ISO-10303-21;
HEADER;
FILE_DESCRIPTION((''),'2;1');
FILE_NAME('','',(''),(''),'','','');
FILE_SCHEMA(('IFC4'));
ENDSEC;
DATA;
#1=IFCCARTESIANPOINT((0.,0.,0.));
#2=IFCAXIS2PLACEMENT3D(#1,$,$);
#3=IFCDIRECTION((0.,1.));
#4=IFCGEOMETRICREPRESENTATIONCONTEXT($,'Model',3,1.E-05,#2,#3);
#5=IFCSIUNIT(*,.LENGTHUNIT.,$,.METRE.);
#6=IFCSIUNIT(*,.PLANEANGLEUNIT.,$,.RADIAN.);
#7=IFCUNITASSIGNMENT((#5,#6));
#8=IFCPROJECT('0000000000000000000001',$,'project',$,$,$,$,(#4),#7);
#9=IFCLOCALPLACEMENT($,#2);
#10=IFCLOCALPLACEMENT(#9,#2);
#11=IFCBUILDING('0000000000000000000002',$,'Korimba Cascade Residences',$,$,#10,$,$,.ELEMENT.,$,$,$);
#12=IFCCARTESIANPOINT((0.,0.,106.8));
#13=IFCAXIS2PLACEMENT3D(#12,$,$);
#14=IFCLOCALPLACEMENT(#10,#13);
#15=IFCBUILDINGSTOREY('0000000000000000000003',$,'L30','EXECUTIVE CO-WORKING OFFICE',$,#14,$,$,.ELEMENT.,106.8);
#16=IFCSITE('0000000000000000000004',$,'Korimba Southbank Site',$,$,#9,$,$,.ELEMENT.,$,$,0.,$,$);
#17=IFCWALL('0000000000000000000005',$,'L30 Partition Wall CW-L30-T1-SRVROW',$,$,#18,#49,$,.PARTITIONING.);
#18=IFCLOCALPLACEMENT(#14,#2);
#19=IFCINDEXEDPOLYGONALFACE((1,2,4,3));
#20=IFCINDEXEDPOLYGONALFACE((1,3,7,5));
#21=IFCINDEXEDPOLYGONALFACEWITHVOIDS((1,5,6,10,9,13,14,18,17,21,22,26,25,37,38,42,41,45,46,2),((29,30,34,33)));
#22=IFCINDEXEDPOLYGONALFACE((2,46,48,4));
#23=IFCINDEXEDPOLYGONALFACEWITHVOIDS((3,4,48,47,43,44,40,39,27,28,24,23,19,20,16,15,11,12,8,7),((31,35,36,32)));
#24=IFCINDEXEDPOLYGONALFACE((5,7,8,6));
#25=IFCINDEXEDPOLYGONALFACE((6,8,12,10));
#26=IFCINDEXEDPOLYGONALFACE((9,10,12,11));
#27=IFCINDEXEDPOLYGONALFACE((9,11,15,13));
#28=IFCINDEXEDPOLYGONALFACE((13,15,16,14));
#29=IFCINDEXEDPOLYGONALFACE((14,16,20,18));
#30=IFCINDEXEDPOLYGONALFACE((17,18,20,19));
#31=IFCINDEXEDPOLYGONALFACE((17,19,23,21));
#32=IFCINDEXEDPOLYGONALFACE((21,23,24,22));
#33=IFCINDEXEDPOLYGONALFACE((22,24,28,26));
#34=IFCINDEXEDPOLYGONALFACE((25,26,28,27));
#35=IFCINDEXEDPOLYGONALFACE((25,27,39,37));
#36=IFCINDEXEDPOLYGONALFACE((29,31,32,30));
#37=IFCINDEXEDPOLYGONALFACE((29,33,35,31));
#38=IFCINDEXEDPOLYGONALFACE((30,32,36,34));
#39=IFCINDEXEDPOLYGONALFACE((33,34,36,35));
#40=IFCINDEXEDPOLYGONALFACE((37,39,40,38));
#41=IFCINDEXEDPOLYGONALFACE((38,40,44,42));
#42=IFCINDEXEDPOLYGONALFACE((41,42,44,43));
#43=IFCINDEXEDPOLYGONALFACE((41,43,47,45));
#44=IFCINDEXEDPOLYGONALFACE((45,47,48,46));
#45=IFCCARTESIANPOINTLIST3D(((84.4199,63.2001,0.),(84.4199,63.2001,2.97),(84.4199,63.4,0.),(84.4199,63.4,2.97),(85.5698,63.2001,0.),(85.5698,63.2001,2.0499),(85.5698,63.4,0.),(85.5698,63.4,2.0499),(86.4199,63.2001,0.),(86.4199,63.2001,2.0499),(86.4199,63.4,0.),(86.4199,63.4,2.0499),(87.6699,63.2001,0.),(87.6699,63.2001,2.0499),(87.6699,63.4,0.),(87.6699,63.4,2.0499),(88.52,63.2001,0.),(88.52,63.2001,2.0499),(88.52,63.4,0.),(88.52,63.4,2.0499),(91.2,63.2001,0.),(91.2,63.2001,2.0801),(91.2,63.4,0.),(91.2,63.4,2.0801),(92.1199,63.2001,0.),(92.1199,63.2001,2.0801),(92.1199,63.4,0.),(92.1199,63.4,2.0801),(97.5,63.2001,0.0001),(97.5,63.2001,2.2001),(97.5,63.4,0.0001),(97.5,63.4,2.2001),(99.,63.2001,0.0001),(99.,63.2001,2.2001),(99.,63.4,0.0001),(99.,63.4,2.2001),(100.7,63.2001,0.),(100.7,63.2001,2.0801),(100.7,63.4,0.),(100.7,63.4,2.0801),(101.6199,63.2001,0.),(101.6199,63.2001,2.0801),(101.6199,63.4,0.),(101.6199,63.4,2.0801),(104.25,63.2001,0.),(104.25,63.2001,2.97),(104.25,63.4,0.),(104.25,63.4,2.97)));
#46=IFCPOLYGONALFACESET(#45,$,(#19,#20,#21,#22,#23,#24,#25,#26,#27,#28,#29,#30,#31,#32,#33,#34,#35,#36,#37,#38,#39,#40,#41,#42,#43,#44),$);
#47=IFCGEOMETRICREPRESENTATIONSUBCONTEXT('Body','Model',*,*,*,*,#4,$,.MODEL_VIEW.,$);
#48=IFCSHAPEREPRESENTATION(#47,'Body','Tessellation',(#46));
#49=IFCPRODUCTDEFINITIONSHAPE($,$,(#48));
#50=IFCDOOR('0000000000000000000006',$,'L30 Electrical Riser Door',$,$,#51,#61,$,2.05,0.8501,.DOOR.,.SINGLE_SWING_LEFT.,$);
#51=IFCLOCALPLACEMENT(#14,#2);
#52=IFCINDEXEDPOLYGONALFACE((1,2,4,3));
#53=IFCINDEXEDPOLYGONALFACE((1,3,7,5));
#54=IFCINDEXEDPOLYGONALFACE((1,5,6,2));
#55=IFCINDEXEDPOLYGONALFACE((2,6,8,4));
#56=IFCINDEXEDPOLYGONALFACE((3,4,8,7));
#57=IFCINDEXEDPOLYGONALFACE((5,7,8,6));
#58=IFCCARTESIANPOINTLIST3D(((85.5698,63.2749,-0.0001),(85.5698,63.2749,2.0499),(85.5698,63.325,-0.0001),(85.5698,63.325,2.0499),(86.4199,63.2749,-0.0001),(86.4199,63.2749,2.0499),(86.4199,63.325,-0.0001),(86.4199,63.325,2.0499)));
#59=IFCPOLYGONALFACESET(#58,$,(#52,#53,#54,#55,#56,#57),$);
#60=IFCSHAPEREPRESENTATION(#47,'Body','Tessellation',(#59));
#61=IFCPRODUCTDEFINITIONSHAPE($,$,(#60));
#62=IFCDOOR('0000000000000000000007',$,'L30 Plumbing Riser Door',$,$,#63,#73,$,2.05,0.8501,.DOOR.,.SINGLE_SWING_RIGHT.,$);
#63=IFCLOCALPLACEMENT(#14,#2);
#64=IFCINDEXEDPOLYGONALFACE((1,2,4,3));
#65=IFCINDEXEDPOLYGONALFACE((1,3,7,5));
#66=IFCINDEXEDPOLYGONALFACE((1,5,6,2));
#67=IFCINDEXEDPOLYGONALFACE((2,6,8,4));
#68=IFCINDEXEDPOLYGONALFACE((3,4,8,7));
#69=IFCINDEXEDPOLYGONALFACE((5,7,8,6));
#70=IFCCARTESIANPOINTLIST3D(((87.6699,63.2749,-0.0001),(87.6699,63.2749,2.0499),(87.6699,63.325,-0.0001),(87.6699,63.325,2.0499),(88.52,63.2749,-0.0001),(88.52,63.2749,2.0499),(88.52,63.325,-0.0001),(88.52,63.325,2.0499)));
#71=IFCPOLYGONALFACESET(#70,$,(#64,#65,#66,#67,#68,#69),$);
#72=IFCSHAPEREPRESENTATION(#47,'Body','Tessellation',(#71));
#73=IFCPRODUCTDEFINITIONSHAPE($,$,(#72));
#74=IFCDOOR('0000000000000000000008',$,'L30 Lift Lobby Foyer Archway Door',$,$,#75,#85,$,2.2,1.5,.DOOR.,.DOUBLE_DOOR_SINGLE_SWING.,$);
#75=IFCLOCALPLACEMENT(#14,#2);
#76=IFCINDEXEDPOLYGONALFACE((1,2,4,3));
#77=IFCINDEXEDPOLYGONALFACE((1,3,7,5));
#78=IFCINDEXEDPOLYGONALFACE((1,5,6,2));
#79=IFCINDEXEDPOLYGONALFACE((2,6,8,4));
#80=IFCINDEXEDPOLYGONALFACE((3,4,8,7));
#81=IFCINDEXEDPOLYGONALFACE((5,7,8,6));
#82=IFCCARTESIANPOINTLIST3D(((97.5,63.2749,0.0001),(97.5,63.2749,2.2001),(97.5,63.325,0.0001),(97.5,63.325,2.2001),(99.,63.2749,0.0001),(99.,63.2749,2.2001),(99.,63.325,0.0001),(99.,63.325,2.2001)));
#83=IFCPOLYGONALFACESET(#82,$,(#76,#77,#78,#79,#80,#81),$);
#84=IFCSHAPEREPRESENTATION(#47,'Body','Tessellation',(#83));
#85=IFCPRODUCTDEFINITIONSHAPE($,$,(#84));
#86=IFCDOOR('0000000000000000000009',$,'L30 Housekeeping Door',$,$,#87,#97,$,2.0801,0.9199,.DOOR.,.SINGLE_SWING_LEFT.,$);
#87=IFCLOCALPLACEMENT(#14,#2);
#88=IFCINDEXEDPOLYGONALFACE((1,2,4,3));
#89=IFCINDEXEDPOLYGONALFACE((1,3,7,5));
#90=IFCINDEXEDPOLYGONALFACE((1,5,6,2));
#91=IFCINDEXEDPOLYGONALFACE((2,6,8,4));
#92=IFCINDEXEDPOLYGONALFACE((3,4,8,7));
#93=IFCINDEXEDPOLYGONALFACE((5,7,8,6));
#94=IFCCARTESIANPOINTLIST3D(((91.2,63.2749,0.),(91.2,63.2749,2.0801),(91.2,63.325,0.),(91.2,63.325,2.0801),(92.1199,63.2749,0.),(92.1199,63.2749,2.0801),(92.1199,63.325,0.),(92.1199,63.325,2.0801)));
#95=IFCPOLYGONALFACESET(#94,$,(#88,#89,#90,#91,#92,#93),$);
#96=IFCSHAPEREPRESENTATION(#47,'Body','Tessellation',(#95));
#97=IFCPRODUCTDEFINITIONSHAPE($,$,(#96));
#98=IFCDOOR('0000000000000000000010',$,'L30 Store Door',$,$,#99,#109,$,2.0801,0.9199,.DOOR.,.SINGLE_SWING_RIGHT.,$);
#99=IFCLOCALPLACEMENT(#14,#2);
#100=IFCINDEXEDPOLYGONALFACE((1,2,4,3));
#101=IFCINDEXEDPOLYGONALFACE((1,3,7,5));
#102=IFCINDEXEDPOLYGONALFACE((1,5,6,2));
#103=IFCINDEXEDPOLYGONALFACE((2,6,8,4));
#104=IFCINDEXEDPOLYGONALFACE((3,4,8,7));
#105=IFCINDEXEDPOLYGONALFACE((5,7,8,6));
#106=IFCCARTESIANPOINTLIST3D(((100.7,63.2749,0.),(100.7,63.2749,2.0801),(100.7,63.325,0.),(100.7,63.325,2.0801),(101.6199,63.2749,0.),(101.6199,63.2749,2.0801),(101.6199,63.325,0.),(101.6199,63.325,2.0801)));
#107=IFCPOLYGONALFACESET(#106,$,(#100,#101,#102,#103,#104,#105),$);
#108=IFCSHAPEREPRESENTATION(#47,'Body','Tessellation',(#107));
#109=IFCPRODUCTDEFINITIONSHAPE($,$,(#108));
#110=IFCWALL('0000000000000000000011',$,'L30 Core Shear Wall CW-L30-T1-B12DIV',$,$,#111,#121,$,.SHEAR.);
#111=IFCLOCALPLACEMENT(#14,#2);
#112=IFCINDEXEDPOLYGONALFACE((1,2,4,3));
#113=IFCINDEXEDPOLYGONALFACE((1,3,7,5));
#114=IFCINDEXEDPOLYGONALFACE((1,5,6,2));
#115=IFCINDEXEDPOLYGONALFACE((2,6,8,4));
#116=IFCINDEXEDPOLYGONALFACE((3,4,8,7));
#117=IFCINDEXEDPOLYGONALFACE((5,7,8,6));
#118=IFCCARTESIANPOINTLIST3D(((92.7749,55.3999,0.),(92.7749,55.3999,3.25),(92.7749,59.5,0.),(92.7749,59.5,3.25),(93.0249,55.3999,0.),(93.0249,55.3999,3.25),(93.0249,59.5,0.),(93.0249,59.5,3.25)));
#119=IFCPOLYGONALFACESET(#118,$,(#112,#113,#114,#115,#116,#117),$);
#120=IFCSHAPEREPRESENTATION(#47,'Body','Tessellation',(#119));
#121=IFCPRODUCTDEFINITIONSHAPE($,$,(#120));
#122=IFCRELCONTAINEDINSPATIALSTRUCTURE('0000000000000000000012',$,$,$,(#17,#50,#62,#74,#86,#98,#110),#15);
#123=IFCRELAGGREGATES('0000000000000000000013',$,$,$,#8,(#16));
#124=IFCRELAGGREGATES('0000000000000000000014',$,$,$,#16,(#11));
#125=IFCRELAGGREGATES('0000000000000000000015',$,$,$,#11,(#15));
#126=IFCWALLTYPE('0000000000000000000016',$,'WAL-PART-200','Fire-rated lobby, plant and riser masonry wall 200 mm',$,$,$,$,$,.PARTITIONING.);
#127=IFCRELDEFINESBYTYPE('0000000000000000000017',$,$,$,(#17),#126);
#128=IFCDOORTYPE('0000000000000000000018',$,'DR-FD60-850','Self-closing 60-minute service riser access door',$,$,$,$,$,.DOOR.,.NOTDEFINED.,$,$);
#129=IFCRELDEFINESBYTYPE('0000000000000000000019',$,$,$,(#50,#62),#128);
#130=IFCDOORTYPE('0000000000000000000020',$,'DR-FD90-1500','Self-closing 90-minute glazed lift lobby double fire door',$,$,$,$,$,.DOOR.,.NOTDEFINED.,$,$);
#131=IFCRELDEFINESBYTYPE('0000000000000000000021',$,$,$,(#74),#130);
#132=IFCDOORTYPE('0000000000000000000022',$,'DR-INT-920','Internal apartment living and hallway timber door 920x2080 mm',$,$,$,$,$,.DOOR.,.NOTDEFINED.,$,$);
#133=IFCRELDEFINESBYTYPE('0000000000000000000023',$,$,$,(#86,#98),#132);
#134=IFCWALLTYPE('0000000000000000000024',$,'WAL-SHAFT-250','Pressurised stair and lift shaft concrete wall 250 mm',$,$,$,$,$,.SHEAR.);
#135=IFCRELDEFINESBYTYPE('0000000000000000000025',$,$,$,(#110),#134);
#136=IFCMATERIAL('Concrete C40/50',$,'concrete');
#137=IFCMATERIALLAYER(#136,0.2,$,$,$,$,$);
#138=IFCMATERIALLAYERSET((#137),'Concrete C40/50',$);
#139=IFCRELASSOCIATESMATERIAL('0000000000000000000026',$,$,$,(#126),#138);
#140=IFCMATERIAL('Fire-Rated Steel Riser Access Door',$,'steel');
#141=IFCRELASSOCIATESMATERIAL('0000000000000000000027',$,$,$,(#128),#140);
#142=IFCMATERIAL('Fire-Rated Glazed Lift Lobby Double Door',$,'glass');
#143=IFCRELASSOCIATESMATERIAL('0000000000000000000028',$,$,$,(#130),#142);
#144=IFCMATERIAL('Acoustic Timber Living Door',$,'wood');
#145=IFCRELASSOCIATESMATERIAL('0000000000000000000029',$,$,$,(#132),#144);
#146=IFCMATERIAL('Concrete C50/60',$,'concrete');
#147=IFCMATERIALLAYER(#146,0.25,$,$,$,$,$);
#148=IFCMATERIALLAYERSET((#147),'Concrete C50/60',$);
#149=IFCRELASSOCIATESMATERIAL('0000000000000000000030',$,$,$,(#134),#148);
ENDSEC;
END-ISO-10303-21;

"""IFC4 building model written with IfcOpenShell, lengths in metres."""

from ifc_helpers import new_model, si_unit, direction, frame, frame_2d, origin, place, context, subcontext, project, spatial, rectangle, extrude, material, layer, layer_set, type_object, element, fill, save


model = new_model("IFC4")

# Units and contexts
model_context = context("Model", 3, precision=1e-05, world=origin(), true_north=direction((0.0, 1.0)))
body_context = subcontext(model_context, "Body", "Model", "MODEL_VIEW")
ifc_project = project(units=[si_unit("LENGTHUNIT", "METRE"), si_unit("PLANEANGLEUNIT", "RADIAN")], contexts=[model_context])

# Site, building, storey
site_placement = place(None, origin())
site = spatial("IfcSite", under=ifc_project, at=site_placement, Name="Korimba Southbank Site", CompositionType="ELEMENT", RefElevation=0.0)
building_placement = place(site_placement, origin())
building = spatial("IfcBuilding", under=site, at=building_placement, Name="Korimba Cascade Residences", CompositionType="ELEMENT")
storey_placement = place(building_placement, frame((0.0, 0.0, 106.8)))
storey = spatial("IfcBuildingStorey", under=building, at=storey_placement, Name="L30", Description="EXECUTIVE CO-WORKING OFFICE", CompositionType="ELEMENT", Elevation=106.8)

# Shared definitions
ifc_material_1 = material(Name="Concrete C40/50", Category="concrete")
ifc_layer_1 = layer(ifc_material_1, 0.2)
ifc_layer_set_1 = layer_set([ifc_layer_1], Name="Concrete C40/50")
wall_type_1 = type_object("IfcWallType", Name="WAL-PART-200", Description="Fire-rated lobby, plant and riser masonry wall 200 mm", PredefinedType="PARTITIONING", material=ifc_layer_set_1)

# Wall, openings, doors
wall_1_placement = place(storey_placement, frame((84.4199, 63.3, 0.0), z_axis=(0.0, 0.0, 1.0), x_axis=(1.0, 0.0, 0.0)))
wall_1 = element("IfcWall", 1, at=wall_1_placement, inside=storey, type_object=wall_type_1, Name="L30 Partition Wall CW-L30-T1-SRVROW", PredefinedType="PARTITIONING", context=body_context, shape_type="SweptSolid", body=[
    extrude(rectangle(XDim=19.8301, YDim=0.2, at=frame_2d((9.915, 0.0))), origin(), (0.0, 0.0, 1.0), 2.97),
])
opening_1_placement = place(wall_1_placement, frame((1.1499, 0.0, 0.0)))
opening_1 = element("IfcOpeningElement", 2, at=opening_1_placement, cuts=wall_1, PredefinedType="OPENING", context=body_context, shape_type="SweptSolid", body=[
    extrude(rectangle(XDim=0.8501, YDim=2.05, at=frame_2d((0.425, 1.0249))), frame((0.0, 0.1099, 0.0), z_axis=(0.0, -1.0, 0.0), x_axis=(1.0, 0.0, 0.0)), (0.0, 0.0, 1.0), 0.22),
])
opening_2_placement = place(wall_1_placement, frame((3.25, 0.0, 0.0)))
opening_2 = element("IfcOpeningElement", 3, at=opening_2_placement, cuts=wall_1, PredefinedType="OPENING", context=body_context, shape_type="SweptSolid", body=[
    extrude(rectangle(XDim=0.8501, YDim=2.05, at=frame_2d((0.425, 1.0249))), frame((0.0, 0.1099, 0.0), z_axis=(0.0, -1.0, 0.0), x_axis=(1.0, 0.0, 0.0)), (0.0, 0.0, 1.0), 0.22),
])
opening_3_placement = place(wall_1_placement, frame((13.0801, 0.0, 0.0)))
opening_3 = element("IfcOpeningElement", 4, at=opening_3_placement, cuts=wall_1, PredefinedType="OPENING", context=body_context, shape_type="SweptSolid", body=[
    extrude(rectangle(XDim=1.5, YDim=2.2, at=frame_2d((0.75, 1.1001))), frame((0.0, 0.1099, 0.0), z_axis=(0.0, -1.0, 0.0), x_axis=(1.0, 0.0, 0.0)), (0.0, 0.0, 1.0), 0.22),
])
opening_4_placement = place(wall_1_placement, frame((6.78, 0.0, 0.0)))
opening_4 = element("IfcOpeningElement", 5, at=opening_4_placement, cuts=wall_1, PredefinedType="OPENING", context=body_context, shape_type="SweptSolid", body=[
    extrude(rectangle(XDim=0.9199, YDim=2.0801, at=frame_2d((0.46, 1.04))), frame((0.0, 0.1099, 0.0), z_axis=(0.0, -1.0, 0.0), x_axis=(1.0, 0.0, 0.0)), (0.0, 0.0, 1.0), 0.22),
])
opening_5_placement = place(wall_1_placement, frame((16.28, 0.0, 0.0)))
opening_5 = element("IfcOpeningElement", 6, at=opening_5_placement, cuts=wall_1, PredefinedType="OPENING", context=body_context, shape_type="SweptSolid", body=[
    extrude(rectangle(XDim=0.9199, YDim=2.0801, at=frame_2d((0.46, 1.04))), frame((0.0, 0.1099, 0.0), z_axis=(0.0, -1.0, 0.0), x_axis=(1.0, 0.0, 0.0)), (0.0, 0.0, 1.0), 0.22),
])
ifc_material_2 = material(Name="Fire-Rated Steel Riser Access Door", Category="steel")
door_type_1 = type_object("IfcDoorType", Name="DR-FD60-850", Description="Self-closing 60-minute service riser access door", OperationType="NOTDEFINED", PredefinedType="DOOR", material=ifc_material_2)
door_1_placement = place(opening_1_placement, origin())
door_1 = element("IfcDoor", 7, at=door_1_placement, inside=storey, type_object=door_type_1, Name="L30 Electrical Riser Door", OperationType="SINGLE_SWING_LEFT", OverallHeight=2.05, OverallWidth=0.8501, PredefinedType="DOOR", context=body_context, shape_type="SweptSolid", body=[
    extrude(rectangle(XDim=0.8501, YDim=2.05, at=frame_2d((0.425, 1.0249))), frame((0.0, 0.0249, 0.0), z_axis=(0.0, -1.0, 0.0), x_axis=(1.0, 0.0, 0.0)), (0.0, 0.0, 1.0), 0.05),
])
fill(opening_1, door_1)
door_2_placement = place(opening_2_placement, origin())
door_2 = element("IfcDoor", 8, at=door_2_placement, inside=storey, type_object=door_type_1, Name="L30 Plumbing Riser Door", OperationType="SINGLE_SWING_RIGHT", OverallHeight=2.05, OverallWidth=0.8501, PredefinedType="DOOR", context=body_context, shape_type="SweptSolid", body=[
    extrude(rectangle(XDim=0.8501, YDim=2.05, at=frame_2d((0.425, 1.0249))), frame((0.0, 0.0249, 0.0), z_axis=(0.0, -1.0, 0.0), x_axis=(1.0, 0.0, 0.0)), (0.0, 0.0, 1.0), 0.05),
])
fill(opening_2, door_2)
ifc_material_3 = material(Name="Fire-Rated Glazed Lift Lobby Double Door", Category="glass")
door_type_2 = type_object("IfcDoorType", Name="DR-FD90-1500", Description="Self-closing 90-minute glazed lift lobby double fire door", OperationType="NOTDEFINED", PredefinedType="DOOR", material=ifc_material_3)
door_3_placement = place(opening_3_placement, origin())
door_3 = element("IfcDoor", 9, at=door_3_placement, inside=storey, type_object=door_type_2, Name="L30 Lift Lobby Foyer Archway Door", OperationType="DOUBLE_DOOR_SINGLE_SWING", OverallHeight=2.2, OverallWidth=1.5, PredefinedType="DOOR", context=body_context, shape_type="SweptSolid", body=[
    extrude(rectangle(XDim=1.5, YDim=2.2, at=frame_2d((0.75, 1.1001))), frame((0.0, 0.0249, 0.0), z_axis=(0.0, -1.0, 0.0), x_axis=(1.0, 0.0, 0.0)), (0.0, 0.0, 1.0), 0.05),
])
fill(opening_3, door_3)
ifc_material_4 = material(Name="Acoustic Timber Living Door", Category="wood")
door_type_3 = type_object("IfcDoorType", Name="DR-INT-920", Description="Internal apartment living and hallway timber door 920x2080 mm", OperationType="NOTDEFINED", PredefinedType="DOOR", material=ifc_material_4)
door_4_placement = place(opening_4_placement, origin())
door_4 = element("IfcDoor", 10, at=door_4_placement, inside=storey, type_object=door_type_3, Name="L30 Housekeeping Door", OperationType="SINGLE_SWING_LEFT", OverallHeight=2.0801, OverallWidth=0.9199, PredefinedType="DOOR", context=body_context, shape_type="SweptSolid", body=[
    extrude(rectangle(XDim=0.9199, YDim=2.0801, at=frame_2d((0.46, 1.04))), frame((0.0, 0.0249, 0.0), z_axis=(0.0, -1.0, 0.0), x_axis=(1.0, 0.0, 0.0)), (0.0, 0.0, 1.0), 0.05),
])
fill(opening_4, door_4)
door_5_placement = place(opening_5_placement, origin())
door_5 = element("IfcDoor", 11, at=door_5_placement, inside=storey, type_object=door_type_3, Name="L30 Store Door", OperationType="SINGLE_SWING_RIGHT", OverallHeight=2.0801, OverallWidth=0.9199, PredefinedType="DOOR", context=body_context, shape_type="SweptSolid", body=[
    extrude(rectangle(XDim=0.9199, YDim=2.0801, at=frame_2d((0.46, 1.04))), frame((0.0, 0.0249, 0.0), z_axis=(0.0, -1.0, 0.0), x_axis=(1.0, 0.0, 0.0)), (0.0, 0.0, 1.0), 0.05),
])
fill(opening_5, door_5)

# Wall
ifc_material_5 = material(Name="Concrete C50/60", Category="concrete")
ifc_layer_2 = layer(ifc_material_5, 0.25)
ifc_layer_set_2 = layer_set([ifc_layer_2], Name="Concrete C50/60")
wall_type_2 = type_object("IfcWallType", Name="WAL-SHAFT-250", Description="Pressurised stair and lift shaft concrete wall 250 mm", PredefinedType="SHEAR", material=ifc_layer_set_2)
wall_2_placement = place(storey_placement, frame((92.8999, 55.3999, 0.0), z_axis=(0.0, 0.0, 1.0), x_axis=(0.0, 1.0, 0.0)))
element("IfcWall", 12, at=wall_2_placement, inside=storey, type_object=wall_type_2, Name="L30 Core Shear Wall CW-L30-T1-B12DIV", PredefinedType="SHEAR", context=body_context, shape_type="SweptSolid", body=[
    extrude(rectangle(XDim=4.1001, YDim=0.25, at=frame_2d((2.05, 0.0))), origin(), (0.0, 0.0, 1.0), 3.25),
])

save(model, "model.ifc")
